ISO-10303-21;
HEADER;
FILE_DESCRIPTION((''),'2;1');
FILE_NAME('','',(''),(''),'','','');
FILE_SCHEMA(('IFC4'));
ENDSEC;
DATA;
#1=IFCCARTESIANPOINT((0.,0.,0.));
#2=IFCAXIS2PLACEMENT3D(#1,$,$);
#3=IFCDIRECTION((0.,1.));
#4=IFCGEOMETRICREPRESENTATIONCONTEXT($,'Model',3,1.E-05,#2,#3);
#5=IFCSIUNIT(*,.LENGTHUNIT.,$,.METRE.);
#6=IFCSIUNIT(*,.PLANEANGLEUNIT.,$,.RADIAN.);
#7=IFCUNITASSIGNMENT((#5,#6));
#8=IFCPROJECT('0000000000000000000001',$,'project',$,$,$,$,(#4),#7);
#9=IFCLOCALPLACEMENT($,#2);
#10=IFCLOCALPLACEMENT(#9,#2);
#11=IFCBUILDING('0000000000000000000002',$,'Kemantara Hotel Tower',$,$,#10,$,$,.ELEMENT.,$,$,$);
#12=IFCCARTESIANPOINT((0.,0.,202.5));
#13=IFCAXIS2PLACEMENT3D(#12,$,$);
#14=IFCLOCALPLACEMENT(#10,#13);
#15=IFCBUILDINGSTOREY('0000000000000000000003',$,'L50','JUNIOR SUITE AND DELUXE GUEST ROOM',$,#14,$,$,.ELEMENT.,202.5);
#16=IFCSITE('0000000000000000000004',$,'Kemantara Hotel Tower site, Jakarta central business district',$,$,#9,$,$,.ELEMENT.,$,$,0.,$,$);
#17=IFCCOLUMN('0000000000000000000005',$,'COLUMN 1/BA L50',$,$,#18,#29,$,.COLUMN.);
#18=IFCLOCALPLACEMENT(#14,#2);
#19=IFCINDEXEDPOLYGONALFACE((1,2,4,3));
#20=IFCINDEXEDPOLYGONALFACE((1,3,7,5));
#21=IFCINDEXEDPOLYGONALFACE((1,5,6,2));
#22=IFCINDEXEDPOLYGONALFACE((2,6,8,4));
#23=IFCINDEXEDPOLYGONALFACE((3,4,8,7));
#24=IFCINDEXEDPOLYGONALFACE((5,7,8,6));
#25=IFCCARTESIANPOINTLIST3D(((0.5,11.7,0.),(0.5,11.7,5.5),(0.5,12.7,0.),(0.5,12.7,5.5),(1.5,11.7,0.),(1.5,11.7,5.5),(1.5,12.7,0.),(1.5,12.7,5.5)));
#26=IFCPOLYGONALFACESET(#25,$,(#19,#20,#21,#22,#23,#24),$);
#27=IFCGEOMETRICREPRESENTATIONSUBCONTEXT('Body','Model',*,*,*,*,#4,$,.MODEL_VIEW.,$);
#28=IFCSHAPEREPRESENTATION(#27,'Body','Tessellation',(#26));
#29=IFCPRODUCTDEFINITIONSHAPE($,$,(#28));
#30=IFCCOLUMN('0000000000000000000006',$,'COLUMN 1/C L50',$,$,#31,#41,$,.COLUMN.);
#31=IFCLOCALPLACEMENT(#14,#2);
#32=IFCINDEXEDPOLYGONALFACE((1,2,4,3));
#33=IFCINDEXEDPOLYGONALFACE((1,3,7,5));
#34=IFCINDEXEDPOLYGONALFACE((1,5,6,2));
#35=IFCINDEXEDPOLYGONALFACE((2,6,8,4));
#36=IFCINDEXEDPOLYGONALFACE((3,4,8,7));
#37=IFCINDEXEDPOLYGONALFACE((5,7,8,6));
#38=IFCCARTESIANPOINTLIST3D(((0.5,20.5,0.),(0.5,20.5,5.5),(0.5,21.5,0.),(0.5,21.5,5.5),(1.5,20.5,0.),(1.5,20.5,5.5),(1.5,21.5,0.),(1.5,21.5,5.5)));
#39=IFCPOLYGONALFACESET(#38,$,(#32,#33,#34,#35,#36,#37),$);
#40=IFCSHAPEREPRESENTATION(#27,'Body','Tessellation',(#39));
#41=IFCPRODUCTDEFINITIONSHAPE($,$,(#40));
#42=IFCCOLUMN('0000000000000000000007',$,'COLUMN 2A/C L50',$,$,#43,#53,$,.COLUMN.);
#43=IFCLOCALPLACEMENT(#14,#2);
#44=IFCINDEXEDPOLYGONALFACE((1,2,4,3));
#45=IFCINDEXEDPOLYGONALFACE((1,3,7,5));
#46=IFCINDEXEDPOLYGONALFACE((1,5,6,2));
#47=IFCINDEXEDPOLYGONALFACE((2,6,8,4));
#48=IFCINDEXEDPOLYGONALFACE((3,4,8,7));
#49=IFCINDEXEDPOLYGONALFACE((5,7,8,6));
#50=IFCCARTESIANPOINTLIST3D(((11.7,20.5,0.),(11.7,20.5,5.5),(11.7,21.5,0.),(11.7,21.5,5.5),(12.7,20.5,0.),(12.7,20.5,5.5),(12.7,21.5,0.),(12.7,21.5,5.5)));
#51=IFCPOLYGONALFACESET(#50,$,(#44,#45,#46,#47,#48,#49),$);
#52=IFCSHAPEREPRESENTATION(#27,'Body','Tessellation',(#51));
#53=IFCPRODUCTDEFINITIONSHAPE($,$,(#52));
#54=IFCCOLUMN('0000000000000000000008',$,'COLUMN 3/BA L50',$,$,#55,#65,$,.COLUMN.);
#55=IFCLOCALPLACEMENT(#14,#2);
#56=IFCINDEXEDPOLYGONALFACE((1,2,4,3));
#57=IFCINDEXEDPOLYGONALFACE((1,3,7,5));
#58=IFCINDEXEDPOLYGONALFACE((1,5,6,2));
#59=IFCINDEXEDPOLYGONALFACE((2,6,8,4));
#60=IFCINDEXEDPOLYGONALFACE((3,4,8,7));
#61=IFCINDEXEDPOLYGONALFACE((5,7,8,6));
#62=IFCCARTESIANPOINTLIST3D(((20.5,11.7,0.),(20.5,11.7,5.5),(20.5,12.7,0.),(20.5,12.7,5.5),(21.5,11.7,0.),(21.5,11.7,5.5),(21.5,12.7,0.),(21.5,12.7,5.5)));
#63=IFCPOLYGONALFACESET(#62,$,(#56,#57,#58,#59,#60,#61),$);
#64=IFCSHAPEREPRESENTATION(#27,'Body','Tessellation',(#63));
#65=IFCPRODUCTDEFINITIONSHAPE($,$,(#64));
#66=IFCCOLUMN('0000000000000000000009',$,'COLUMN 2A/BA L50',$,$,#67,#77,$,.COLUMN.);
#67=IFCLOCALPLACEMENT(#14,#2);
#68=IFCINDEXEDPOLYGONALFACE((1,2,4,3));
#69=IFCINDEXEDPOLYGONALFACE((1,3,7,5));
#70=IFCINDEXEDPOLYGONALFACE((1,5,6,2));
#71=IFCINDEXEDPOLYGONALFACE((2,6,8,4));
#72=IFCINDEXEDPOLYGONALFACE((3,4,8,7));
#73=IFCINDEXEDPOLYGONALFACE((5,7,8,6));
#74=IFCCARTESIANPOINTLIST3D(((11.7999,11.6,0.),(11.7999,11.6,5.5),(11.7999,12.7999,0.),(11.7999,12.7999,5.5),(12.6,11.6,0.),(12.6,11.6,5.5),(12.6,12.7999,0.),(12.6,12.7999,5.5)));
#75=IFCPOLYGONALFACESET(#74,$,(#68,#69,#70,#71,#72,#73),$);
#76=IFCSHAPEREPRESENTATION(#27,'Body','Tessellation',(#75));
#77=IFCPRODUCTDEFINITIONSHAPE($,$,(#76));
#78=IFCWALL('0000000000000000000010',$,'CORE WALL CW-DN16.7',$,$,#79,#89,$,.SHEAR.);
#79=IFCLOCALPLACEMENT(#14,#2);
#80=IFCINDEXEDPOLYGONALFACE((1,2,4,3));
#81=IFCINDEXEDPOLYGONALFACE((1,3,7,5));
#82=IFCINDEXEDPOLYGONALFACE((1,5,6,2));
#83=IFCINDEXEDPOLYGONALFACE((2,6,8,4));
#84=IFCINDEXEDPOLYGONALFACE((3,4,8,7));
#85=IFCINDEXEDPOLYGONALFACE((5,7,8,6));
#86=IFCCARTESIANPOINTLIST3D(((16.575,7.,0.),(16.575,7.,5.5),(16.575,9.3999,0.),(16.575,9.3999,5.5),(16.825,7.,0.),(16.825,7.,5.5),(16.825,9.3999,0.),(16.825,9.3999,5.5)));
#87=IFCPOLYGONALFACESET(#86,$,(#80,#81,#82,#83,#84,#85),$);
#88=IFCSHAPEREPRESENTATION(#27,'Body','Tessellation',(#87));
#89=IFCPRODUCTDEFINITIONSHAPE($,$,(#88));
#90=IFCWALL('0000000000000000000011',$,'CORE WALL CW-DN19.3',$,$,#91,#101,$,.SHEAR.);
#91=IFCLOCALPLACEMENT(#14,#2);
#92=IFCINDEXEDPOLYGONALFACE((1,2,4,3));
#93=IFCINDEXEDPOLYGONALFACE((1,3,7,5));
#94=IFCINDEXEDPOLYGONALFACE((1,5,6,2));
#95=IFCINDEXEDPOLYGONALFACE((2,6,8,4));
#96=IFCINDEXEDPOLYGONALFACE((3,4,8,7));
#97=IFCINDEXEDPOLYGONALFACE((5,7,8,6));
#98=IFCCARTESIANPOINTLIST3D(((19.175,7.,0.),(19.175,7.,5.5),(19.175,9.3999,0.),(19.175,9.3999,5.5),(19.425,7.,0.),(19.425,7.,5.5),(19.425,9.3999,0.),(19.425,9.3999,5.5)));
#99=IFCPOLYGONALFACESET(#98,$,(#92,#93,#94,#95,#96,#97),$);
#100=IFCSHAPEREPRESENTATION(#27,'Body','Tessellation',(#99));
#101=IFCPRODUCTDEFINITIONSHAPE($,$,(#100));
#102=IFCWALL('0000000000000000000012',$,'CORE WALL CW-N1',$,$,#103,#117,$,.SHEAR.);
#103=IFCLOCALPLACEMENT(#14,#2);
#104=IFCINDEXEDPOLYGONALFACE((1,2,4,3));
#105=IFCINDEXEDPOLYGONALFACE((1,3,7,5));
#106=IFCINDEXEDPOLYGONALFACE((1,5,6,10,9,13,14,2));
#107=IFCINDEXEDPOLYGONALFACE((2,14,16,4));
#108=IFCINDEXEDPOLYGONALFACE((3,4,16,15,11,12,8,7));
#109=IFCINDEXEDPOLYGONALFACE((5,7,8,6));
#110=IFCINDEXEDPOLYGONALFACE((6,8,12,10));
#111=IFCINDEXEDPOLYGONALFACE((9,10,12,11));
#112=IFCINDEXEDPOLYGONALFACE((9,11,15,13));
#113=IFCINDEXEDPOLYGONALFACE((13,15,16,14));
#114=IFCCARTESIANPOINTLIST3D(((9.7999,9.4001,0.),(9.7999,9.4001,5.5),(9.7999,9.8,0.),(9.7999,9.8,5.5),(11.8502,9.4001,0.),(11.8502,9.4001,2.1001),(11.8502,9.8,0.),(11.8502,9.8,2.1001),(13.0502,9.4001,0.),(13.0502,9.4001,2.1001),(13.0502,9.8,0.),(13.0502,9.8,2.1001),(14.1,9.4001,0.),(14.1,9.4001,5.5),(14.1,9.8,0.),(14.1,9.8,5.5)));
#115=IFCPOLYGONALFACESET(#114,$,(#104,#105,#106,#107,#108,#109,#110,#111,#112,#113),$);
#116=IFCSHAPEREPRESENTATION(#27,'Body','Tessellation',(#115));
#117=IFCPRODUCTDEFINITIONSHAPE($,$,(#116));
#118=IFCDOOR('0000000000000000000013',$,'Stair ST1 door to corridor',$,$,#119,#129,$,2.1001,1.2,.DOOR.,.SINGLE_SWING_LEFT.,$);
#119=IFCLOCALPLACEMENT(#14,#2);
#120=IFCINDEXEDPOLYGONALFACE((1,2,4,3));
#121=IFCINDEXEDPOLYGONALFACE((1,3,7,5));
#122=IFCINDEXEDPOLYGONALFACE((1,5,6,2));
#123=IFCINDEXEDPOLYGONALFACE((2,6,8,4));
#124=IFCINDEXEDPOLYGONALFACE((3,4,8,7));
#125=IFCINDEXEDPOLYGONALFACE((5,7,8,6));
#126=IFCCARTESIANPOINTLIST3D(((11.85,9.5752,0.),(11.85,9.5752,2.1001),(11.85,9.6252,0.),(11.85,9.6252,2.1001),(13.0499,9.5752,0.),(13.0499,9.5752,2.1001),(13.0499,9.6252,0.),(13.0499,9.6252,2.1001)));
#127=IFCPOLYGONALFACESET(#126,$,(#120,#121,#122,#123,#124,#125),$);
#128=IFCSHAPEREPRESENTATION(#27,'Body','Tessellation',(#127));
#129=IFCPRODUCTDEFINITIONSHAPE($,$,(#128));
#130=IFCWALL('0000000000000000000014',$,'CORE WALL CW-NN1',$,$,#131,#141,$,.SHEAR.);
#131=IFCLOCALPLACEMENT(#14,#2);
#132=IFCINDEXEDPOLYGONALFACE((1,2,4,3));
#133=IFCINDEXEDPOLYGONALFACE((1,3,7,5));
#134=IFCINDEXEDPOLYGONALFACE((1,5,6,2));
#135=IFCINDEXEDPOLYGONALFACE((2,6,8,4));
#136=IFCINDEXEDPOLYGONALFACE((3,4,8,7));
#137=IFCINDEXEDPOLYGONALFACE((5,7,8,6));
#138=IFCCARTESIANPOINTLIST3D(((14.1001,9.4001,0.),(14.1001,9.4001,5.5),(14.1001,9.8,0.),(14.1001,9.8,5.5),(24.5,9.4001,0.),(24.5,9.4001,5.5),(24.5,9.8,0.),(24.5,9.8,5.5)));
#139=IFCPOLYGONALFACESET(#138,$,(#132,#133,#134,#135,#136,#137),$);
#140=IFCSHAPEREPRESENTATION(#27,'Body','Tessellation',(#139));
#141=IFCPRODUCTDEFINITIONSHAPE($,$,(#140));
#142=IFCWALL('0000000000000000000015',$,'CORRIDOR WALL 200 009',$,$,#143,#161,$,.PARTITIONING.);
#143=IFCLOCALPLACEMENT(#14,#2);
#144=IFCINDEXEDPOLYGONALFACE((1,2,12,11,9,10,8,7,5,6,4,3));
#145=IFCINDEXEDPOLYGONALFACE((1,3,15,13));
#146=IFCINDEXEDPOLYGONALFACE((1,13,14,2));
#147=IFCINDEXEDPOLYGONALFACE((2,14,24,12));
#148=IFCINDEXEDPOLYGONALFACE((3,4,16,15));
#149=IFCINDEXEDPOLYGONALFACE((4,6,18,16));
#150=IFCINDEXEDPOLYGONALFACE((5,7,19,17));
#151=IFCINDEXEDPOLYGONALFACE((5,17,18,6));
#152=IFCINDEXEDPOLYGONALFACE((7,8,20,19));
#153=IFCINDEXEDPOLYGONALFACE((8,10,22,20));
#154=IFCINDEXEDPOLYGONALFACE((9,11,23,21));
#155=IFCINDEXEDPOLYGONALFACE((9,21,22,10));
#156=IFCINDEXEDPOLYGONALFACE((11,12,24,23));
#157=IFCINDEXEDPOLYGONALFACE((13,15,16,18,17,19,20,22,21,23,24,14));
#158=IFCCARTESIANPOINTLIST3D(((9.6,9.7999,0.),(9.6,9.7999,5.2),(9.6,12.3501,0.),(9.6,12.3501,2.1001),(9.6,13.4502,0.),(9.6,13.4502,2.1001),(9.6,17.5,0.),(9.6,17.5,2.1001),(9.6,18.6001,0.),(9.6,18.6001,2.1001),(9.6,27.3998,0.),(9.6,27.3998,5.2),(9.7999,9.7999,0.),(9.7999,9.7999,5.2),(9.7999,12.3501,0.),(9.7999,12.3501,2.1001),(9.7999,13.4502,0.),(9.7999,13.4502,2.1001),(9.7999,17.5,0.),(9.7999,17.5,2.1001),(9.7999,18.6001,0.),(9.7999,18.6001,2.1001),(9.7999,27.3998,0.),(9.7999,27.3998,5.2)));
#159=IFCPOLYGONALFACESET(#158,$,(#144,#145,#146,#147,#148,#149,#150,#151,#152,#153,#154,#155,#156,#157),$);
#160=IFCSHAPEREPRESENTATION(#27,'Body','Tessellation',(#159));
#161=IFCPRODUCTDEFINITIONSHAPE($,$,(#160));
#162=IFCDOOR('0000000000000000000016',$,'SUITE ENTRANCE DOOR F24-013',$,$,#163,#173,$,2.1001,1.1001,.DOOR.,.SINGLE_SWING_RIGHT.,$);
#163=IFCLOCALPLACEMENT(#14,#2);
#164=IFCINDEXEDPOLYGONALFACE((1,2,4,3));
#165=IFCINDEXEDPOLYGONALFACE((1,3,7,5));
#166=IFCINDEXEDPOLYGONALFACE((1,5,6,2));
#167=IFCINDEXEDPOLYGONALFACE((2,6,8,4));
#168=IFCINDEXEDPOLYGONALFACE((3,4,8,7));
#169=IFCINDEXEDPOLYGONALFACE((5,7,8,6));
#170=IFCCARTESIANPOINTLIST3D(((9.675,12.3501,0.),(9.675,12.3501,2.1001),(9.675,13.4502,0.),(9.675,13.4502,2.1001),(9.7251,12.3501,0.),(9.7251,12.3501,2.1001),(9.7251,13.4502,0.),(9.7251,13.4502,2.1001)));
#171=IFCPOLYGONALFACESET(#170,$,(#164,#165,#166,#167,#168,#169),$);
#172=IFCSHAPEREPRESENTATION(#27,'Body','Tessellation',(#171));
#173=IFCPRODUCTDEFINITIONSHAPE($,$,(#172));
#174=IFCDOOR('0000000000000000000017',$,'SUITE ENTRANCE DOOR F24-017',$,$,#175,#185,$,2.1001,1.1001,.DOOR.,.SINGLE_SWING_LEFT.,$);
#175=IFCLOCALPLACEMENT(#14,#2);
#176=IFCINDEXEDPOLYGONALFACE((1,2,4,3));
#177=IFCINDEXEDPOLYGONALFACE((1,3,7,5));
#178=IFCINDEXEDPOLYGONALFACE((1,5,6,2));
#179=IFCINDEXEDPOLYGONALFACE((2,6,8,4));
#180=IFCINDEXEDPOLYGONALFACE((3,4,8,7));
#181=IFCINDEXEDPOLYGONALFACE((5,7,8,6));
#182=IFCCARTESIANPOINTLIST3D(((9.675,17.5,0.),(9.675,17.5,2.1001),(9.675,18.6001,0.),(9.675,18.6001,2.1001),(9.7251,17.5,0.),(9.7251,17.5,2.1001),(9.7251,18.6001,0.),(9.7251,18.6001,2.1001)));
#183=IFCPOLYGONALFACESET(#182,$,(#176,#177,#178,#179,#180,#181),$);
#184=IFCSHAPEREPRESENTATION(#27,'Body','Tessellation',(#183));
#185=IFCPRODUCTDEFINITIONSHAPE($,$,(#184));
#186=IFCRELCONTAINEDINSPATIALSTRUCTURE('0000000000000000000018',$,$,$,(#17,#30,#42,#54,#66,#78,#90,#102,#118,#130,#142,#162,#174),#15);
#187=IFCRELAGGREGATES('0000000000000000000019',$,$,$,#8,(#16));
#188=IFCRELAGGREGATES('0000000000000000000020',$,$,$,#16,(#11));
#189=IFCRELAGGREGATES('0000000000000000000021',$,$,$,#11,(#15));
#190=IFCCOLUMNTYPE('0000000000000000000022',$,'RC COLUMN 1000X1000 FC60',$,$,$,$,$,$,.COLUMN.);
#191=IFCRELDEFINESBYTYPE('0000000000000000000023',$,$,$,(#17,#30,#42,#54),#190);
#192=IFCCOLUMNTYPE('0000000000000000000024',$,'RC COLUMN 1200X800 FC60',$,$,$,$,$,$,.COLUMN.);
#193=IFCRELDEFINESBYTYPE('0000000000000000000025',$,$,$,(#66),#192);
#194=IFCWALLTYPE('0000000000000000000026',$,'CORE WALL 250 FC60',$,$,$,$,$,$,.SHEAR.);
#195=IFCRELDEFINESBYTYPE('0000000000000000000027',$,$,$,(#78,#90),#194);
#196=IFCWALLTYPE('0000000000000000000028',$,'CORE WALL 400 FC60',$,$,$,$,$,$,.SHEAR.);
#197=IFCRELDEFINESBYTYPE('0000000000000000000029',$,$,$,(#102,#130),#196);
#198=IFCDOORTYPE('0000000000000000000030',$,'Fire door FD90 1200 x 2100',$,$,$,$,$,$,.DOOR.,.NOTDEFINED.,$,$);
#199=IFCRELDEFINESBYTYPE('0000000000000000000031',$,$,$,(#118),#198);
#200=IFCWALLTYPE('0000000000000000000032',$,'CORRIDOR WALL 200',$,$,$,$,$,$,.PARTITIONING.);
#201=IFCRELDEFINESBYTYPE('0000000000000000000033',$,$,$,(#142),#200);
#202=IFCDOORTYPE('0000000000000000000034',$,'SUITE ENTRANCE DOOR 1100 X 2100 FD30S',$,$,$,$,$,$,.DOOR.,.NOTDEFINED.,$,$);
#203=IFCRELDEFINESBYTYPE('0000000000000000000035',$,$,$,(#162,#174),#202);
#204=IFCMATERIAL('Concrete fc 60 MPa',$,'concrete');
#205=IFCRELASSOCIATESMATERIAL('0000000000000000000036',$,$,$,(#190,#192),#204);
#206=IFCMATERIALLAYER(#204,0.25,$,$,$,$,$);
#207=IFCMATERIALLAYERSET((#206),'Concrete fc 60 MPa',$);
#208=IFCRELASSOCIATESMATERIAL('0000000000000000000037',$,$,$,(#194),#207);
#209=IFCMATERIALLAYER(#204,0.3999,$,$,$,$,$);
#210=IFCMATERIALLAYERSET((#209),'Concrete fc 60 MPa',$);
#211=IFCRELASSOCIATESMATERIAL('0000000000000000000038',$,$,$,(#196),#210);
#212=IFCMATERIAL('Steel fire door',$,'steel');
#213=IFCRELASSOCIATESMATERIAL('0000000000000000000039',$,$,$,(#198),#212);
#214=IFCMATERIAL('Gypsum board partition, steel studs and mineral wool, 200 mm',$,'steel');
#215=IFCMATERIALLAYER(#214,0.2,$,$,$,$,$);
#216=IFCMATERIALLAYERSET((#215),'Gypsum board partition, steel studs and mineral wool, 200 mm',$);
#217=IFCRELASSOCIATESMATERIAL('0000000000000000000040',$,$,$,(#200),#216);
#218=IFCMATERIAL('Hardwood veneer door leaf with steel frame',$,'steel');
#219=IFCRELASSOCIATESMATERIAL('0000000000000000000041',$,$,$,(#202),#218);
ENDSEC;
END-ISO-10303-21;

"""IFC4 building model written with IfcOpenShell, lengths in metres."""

from ifc_helpers import new_model, si_unit, direction, frame, frame_2d, origin, origin_2d, place, context, subcontext, project, spatial, rectangle, extrude, material, layer, layer_set, material_profile, profile_set, type_object, element, fill, save


model = new_model("IFC4")

# Units and contexts
model_context = context("Model", 3, precision=1e-05, world=origin(), true_north=direction((0.0, 1.0)))
body_context = subcontext(model_context, "Body", "Model", "MODEL_VIEW")
ifc_project = project(units=[si_unit("LENGTHUNIT", "METRE"), si_unit("PLANEANGLEUNIT", "RADIAN")], contexts=[model_context])

# Site, building, storey
site_placement = place(None, origin())
site = spatial("IfcSite", under=ifc_project, at=site_placement, Name="Kemantara Hotel Tower site, Jakarta central business district", CompositionType="ELEMENT", RefElevation=0.0)
building_placement = place(site_placement, origin())
building = spatial("IfcBuilding", under=site, at=building_placement, Name="Kemantara Hotel Tower", CompositionType="ELEMENT")
storey_placement = place(building_placement, frame((0.0, 0.0, 202.5)))
storey = spatial("IfcBuildingStorey", under=building, at=storey_placement, Name="L50", Description="JUNIOR SUITE AND DELUXE GUEST ROOM", CompositionType="ELEMENT", Elevation=202.5)

# Columns
ifc_material_1 = material(Name="Concrete fc 60 MPa", Category="concrete")
ifc_material_profile_1 = material_profile(ifc_material_1, rectangle(XDim=1.0, YDim=1.0, at=origin_2d()), Name="RC 1000X1000")
ifc_profile_set_1 = profile_set([ifc_material_profile_1], Name="Concrete fc 60 MPa")
column_type_1 = type_object("IfcColumnType", Name="RC COLUMN 1000X1000 FC60", PredefinedType="COLUMN", material=ifc_profile_set_1)
for number, where, z_axis, x_axis, name in (
    (1, (1.0, 12.2, 0.0), (0.0, 0.0, 1.0), (1.0, 0.0, 0.0), "COLUMN 1/BA L50"),
    (2, (1.0, 21.0, 0.0), (0.0, 0.0, 1.0), (1.0, 0.0, 0.0), "COLUMN 1/C L50"),
    (3, (12.2, 21.0, 0.0), (0.0, 0.0, 1.0), (1.0, 0.0, 0.0), "COLUMN 2A/C L50"),
    (4, (21.0, 12.2, 0.0), (0.0, 0.0, 1.0), (1.0, 0.0, 0.0), "COLUMN 3/BA L50"),
):
    element("IfcColumn", number, at=place(storey_placement, frame(where, z_axis=z_axis, x_axis=x_axis)), inside=storey, type_object=column_type_1, Name=name, PredefinedType="COLUMN", context=body_context, shape_type="SweptSolid", body=[
        extrude(rectangle(XDim=1.0, YDim=1.0, at=origin_2d()), origin(), (0.0, 0.0, 1.0), 5.5),
    ])
ifc_material_profile_2 = material_profile(ifc_material_1, rectangle(XDim=1.2, YDim=0.8, at=origin_2d()), Name="RC 1200X800")
ifc_profile_set_2 = profile_set([ifc_material_profile_2], Name="Concrete fc 60 MPa")
column_type_2 = type_object("IfcColumnType", Name="RC COLUMN 1200X800 FC60", PredefinedType="COLUMN", material=ifc_profile_set_2)
column_placement = place(storey_placement, frame((12.2, 12.2, 0.0), z_axis=(0.0, 0.0, 1.0), x_axis=(0.0, 1.0, 0.0)))
element("IfcColumn", 5, at=column_placement, inside=storey, type_object=column_type_2, Name="COLUMN 2A/BA L50", PredefinedType="COLUMN", context=body_context, shape_type="SweptSolid", body=[
    extrude(rectangle(XDim=1.2, YDim=0.8, at=origin_2d()), origin(), (0.0, 0.0, 1.0), 5.5),
])

# Walls
ifc_layer_1 = layer(ifc_material_1, 0.25)
ifc_layer_set_1 = layer_set([ifc_layer_1], Name="Concrete fc 60 MPa")
wall_type_1 = type_object("IfcWallType", Name="CORE WALL 250 FC60", PredefinedType="SHEAR", material=ifc_layer_set_1)
for number, where, z_axis, x_axis, name in (
    (6, (16.7, 7.0, 0.0), (0.0, 0.0, 1.0), (0.0, 1.0, 0.0), "CORE WALL CW-DN16.7"),
    (7, (19.3, 7.0, 0.0), (0.0, 0.0, 1.0), (0.0, 1.0, 0.0), "CORE WALL CW-DN19.3"),
):
    element("IfcWall", number, at=place(storey_placement, frame(where, z_axis=z_axis, x_axis=x_axis)), inside=storey, type_object=wall_type_1, Name=name, PredefinedType="SHEAR", context=body_context, shape_type="SweptSolid", body=[
        extrude(rectangle(XDim=2.3999, YDim=0.25, at=frame_2d((1.2, 0.0))), origin(), (0.0, 0.0, 1.0), 5.5),
    ])

# Wall, opening, door
ifc_layer_2 = layer(ifc_material_1, 0.3999)
ifc_layer_set_2 = layer_set([ifc_layer_2], Name="Concrete fc 60 MPa")
wall_type_2 = type_object("IfcWallType", Name="CORE WALL 400 FC60", PredefinedType="SHEAR", material=ifc_layer_set_2)
wall_1_placement = place(storey_placement, frame((9.8, 9.6001, 0.0), z_axis=(0.0, 0.0, 1.0), x_axis=(1.0, 0.0, 0.0)))
wall_1 = element("IfcWall", 8, at=wall_1_placement, inside=storey, type_object=wall_type_2, Name="CORE WALL CW-N1", PredefinedType="SHEAR", context=body_context, shape_type="SweptSolid", body=[
    extrude(rectangle(XDim=4.3, YDim=0.3999, at=frame_2d((2.1499, 0.0))), origin(), (0.0, 0.0, 1.0), 5.5),
])
opening_1_placement = place(wall_1_placement, frame((2.05, 0.0, 0.0)))
opening_1 = element("IfcOpeningElement", 9, at=opening_1_placement, cuts=wall_1, PredefinedType="OPENING", context=body_context, shape_type="SweptSolid", body=[
    extrude(rectangle(XDim=1.2, YDim=2.1001, at=frame_2d((0.6001, 1.05))), frame((0.0, 0.21, 0.0), z_axis=(0.0, -1.0, 0.0), x_axis=(1.0, 0.0, 0.0)), (0.0, 0.0, 1.0), 0.4199),
])
ifc_material_2 = material(Name="Steel fire door", Category="steel")
door_type_1 = type_object("IfcDoorType", Name="Fire door FD90 1200 x 2100", OperationType="NOTDEFINED", PredefinedType="DOOR", material=ifc_material_2)
door_1_placement = place(opening_1_placement, frame((1.2, 0.0, 0.0), z_axis=(0.0, 0.0, 1.0), x_axis=(-1.0, 0.0, 0.0)))
door_1 = element("IfcDoor", 10, at=door_1_placement, inside=storey, type_object=door_type_1, Name="Stair ST1 door to corridor", OperationType="SINGLE_SWING_LEFT", OverallHeight=2.1001, OverallWidth=1.2, PredefinedType="DOOR", context=body_context, shape_type="SweptSolid", body=[
    extrude(rectangle(XDim=1.2, YDim=2.1001, at=frame_2d((0.6001, 1.05))), frame((0.0, 0.0249, 0.0), z_axis=(0.0, -1.0, 0.0), x_axis=(1.0, 0.0, 0.0)), (0.0, 0.0, 1.0), 0.05),
])
fill(opening_1, door_1)

# Wall
wall_2_placement = place(storey_placement, frame((14.1001, 9.6001, 0.0), z_axis=(0.0, 0.0, 1.0), x_axis=(1.0, 0.0, 0.0)))
element("IfcWall", 11, at=wall_2_placement, inside=storey, type_object=wall_type_2, Name="CORE WALL CW-NN1", PredefinedType="SHEAR", context=body_context, shape_type="SweptSolid", body=[
    extrude(rectangle(XDim=10.3999, YDim=0.3999, at=frame_2d((5.2, 0.0))), origin(), (0.0, 0.0, 1.0), 5.5),
])

# Wall, openings, doors
ifc_material_3 = material(Name="Gypsum board partition, steel studs and mineral wool, 200 mm", Category="steel")
ifc_layer_3 = layer(ifc_material_3, 0.2)
ifc_layer_set_3 = layer_set([ifc_layer_3], Name="Gypsum board partition, steel studs and mineral wool, 200 mm")
wall_type_3 = type_object("IfcWallType", Name="CORRIDOR WALL 200", PredefinedType="PARTITIONING", material=ifc_layer_set_3)
wall_3_placement = place(storey_placement, frame((9.7, 9.8, 0.0), z_axis=(0.0, 0.0, 1.0), x_axis=(0.0, 1.0, 0.0)))
wall_3 = element("IfcWall", 12, at=wall_3_placement, inside=storey, type_object=wall_type_3, Name="CORRIDOR WALL 200 009", PredefinedType="PARTITIONING", context=body_context, shape_type="SweptSolid", body=[
    extrude(rectangle(XDim=17.5999, YDim=0.2, at=frame_2d((8.7998, 0.0))), origin(), (0.0, 0.0, 1.0), 5.2),
])
opening_2_placement = place(wall_3_placement, frame((2.55, 0.0, 0.0)))
opening_2 = element("IfcOpeningElement", 13, at=opening_2_placement, cuts=wall_3, PredefinedType="OPENING", context=body_context, shape_type="SweptSolid", body=[
    extrude(rectangle(XDim=1.1001, YDim=2.1001, at=frame_2d((0.55, 1.05))), frame((0.0, 0.1099, 0.0), z_axis=(0.0, -1.0, 0.0), x_axis=(1.0, 0.0, 0.0)), (0.0, 0.0, 1.0), 0.22),
])
opening_3_placement = place(wall_3_placement, frame((7.7, 0.0, 0.0)))
opening_3 = element("IfcOpeningElement", 14, at=opening_3_placement, cuts=wall_3, PredefinedType="OPENING", context=body_context, shape_type="SweptSolid", body=[
    extrude(rectangle(XDim=1.1001, YDim=2.1001, at=frame_2d((0.55, 1.05))), frame((0.0, 0.1099, 0.0), z_axis=(0.0, -1.0, 0.0), x_axis=(1.0, 0.0, 0.0)), (0.0, 0.0, 1.0), 0.22),
])
ifc_material_4 = material(Name="Hardwood veneer door leaf with steel frame", Category="steel")
door_type_2 = type_object("IfcDoorType", Name="SUITE ENTRANCE DOOR 1100 X 2100 FD30S", OperationType="NOTDEFINED", PredefinedType="DOOR", material=ifc_material_4)
door_2_placement = place(opening_2_placement, origin())
door_2 = element("IfcDoor", 15, at=door_2_placement, inside=storey, type_object=door_type_2, Name="SUITE ENTRANCE DOOR F24-013", OperationType="SINGLE_SWING_RIGHT", OverallHeight=2.1001, OverallWidth=1.1001, PredefinedType="DOOR", context=body_context, shape_type="SweptSolid", body=[
    extrude(rectangle(XDim=1.1001, YDim=2.1001, at=frame_2d((0.55, 1.05))), frame((0.0, 0.0249, 0.0), z_axis=(0.0, -1.0, 0.0), x_axis=(1.0, 0.0, 0.0)), (0.0, 0.0, 1.0), 0.05),
])
fill(opening_2, door_2)
door_3_placement = place(opening_3_placement, origin())
door_3 = element("IfcDoor", 16, at=door_3_placement, inside=storey, type_object=door_type_2, Name="SUITE ENTRANCE DOOR F24-017", OperationType="SINGLE_SWING_LEFT", OverallHeight=2.1001, OverallWidth=1.1001, PredefinedType="DOOR", context=body_context, shape_type="SweptSolid", body=[
    extrude(rectangle(XDim=1.1001, YDim=2.1001, at=frame_2d((0.55, 1.05))), frame((0.0, 0.0249, 0.0), z_axis=(0.0, -1.0, 0.0), x_axis=(1.0, 0.0, 0.0)), (0.0, 0.0, 1.0), 0.05),
])
fill(opening_3, door_3)

save(model, "model.ifc")
